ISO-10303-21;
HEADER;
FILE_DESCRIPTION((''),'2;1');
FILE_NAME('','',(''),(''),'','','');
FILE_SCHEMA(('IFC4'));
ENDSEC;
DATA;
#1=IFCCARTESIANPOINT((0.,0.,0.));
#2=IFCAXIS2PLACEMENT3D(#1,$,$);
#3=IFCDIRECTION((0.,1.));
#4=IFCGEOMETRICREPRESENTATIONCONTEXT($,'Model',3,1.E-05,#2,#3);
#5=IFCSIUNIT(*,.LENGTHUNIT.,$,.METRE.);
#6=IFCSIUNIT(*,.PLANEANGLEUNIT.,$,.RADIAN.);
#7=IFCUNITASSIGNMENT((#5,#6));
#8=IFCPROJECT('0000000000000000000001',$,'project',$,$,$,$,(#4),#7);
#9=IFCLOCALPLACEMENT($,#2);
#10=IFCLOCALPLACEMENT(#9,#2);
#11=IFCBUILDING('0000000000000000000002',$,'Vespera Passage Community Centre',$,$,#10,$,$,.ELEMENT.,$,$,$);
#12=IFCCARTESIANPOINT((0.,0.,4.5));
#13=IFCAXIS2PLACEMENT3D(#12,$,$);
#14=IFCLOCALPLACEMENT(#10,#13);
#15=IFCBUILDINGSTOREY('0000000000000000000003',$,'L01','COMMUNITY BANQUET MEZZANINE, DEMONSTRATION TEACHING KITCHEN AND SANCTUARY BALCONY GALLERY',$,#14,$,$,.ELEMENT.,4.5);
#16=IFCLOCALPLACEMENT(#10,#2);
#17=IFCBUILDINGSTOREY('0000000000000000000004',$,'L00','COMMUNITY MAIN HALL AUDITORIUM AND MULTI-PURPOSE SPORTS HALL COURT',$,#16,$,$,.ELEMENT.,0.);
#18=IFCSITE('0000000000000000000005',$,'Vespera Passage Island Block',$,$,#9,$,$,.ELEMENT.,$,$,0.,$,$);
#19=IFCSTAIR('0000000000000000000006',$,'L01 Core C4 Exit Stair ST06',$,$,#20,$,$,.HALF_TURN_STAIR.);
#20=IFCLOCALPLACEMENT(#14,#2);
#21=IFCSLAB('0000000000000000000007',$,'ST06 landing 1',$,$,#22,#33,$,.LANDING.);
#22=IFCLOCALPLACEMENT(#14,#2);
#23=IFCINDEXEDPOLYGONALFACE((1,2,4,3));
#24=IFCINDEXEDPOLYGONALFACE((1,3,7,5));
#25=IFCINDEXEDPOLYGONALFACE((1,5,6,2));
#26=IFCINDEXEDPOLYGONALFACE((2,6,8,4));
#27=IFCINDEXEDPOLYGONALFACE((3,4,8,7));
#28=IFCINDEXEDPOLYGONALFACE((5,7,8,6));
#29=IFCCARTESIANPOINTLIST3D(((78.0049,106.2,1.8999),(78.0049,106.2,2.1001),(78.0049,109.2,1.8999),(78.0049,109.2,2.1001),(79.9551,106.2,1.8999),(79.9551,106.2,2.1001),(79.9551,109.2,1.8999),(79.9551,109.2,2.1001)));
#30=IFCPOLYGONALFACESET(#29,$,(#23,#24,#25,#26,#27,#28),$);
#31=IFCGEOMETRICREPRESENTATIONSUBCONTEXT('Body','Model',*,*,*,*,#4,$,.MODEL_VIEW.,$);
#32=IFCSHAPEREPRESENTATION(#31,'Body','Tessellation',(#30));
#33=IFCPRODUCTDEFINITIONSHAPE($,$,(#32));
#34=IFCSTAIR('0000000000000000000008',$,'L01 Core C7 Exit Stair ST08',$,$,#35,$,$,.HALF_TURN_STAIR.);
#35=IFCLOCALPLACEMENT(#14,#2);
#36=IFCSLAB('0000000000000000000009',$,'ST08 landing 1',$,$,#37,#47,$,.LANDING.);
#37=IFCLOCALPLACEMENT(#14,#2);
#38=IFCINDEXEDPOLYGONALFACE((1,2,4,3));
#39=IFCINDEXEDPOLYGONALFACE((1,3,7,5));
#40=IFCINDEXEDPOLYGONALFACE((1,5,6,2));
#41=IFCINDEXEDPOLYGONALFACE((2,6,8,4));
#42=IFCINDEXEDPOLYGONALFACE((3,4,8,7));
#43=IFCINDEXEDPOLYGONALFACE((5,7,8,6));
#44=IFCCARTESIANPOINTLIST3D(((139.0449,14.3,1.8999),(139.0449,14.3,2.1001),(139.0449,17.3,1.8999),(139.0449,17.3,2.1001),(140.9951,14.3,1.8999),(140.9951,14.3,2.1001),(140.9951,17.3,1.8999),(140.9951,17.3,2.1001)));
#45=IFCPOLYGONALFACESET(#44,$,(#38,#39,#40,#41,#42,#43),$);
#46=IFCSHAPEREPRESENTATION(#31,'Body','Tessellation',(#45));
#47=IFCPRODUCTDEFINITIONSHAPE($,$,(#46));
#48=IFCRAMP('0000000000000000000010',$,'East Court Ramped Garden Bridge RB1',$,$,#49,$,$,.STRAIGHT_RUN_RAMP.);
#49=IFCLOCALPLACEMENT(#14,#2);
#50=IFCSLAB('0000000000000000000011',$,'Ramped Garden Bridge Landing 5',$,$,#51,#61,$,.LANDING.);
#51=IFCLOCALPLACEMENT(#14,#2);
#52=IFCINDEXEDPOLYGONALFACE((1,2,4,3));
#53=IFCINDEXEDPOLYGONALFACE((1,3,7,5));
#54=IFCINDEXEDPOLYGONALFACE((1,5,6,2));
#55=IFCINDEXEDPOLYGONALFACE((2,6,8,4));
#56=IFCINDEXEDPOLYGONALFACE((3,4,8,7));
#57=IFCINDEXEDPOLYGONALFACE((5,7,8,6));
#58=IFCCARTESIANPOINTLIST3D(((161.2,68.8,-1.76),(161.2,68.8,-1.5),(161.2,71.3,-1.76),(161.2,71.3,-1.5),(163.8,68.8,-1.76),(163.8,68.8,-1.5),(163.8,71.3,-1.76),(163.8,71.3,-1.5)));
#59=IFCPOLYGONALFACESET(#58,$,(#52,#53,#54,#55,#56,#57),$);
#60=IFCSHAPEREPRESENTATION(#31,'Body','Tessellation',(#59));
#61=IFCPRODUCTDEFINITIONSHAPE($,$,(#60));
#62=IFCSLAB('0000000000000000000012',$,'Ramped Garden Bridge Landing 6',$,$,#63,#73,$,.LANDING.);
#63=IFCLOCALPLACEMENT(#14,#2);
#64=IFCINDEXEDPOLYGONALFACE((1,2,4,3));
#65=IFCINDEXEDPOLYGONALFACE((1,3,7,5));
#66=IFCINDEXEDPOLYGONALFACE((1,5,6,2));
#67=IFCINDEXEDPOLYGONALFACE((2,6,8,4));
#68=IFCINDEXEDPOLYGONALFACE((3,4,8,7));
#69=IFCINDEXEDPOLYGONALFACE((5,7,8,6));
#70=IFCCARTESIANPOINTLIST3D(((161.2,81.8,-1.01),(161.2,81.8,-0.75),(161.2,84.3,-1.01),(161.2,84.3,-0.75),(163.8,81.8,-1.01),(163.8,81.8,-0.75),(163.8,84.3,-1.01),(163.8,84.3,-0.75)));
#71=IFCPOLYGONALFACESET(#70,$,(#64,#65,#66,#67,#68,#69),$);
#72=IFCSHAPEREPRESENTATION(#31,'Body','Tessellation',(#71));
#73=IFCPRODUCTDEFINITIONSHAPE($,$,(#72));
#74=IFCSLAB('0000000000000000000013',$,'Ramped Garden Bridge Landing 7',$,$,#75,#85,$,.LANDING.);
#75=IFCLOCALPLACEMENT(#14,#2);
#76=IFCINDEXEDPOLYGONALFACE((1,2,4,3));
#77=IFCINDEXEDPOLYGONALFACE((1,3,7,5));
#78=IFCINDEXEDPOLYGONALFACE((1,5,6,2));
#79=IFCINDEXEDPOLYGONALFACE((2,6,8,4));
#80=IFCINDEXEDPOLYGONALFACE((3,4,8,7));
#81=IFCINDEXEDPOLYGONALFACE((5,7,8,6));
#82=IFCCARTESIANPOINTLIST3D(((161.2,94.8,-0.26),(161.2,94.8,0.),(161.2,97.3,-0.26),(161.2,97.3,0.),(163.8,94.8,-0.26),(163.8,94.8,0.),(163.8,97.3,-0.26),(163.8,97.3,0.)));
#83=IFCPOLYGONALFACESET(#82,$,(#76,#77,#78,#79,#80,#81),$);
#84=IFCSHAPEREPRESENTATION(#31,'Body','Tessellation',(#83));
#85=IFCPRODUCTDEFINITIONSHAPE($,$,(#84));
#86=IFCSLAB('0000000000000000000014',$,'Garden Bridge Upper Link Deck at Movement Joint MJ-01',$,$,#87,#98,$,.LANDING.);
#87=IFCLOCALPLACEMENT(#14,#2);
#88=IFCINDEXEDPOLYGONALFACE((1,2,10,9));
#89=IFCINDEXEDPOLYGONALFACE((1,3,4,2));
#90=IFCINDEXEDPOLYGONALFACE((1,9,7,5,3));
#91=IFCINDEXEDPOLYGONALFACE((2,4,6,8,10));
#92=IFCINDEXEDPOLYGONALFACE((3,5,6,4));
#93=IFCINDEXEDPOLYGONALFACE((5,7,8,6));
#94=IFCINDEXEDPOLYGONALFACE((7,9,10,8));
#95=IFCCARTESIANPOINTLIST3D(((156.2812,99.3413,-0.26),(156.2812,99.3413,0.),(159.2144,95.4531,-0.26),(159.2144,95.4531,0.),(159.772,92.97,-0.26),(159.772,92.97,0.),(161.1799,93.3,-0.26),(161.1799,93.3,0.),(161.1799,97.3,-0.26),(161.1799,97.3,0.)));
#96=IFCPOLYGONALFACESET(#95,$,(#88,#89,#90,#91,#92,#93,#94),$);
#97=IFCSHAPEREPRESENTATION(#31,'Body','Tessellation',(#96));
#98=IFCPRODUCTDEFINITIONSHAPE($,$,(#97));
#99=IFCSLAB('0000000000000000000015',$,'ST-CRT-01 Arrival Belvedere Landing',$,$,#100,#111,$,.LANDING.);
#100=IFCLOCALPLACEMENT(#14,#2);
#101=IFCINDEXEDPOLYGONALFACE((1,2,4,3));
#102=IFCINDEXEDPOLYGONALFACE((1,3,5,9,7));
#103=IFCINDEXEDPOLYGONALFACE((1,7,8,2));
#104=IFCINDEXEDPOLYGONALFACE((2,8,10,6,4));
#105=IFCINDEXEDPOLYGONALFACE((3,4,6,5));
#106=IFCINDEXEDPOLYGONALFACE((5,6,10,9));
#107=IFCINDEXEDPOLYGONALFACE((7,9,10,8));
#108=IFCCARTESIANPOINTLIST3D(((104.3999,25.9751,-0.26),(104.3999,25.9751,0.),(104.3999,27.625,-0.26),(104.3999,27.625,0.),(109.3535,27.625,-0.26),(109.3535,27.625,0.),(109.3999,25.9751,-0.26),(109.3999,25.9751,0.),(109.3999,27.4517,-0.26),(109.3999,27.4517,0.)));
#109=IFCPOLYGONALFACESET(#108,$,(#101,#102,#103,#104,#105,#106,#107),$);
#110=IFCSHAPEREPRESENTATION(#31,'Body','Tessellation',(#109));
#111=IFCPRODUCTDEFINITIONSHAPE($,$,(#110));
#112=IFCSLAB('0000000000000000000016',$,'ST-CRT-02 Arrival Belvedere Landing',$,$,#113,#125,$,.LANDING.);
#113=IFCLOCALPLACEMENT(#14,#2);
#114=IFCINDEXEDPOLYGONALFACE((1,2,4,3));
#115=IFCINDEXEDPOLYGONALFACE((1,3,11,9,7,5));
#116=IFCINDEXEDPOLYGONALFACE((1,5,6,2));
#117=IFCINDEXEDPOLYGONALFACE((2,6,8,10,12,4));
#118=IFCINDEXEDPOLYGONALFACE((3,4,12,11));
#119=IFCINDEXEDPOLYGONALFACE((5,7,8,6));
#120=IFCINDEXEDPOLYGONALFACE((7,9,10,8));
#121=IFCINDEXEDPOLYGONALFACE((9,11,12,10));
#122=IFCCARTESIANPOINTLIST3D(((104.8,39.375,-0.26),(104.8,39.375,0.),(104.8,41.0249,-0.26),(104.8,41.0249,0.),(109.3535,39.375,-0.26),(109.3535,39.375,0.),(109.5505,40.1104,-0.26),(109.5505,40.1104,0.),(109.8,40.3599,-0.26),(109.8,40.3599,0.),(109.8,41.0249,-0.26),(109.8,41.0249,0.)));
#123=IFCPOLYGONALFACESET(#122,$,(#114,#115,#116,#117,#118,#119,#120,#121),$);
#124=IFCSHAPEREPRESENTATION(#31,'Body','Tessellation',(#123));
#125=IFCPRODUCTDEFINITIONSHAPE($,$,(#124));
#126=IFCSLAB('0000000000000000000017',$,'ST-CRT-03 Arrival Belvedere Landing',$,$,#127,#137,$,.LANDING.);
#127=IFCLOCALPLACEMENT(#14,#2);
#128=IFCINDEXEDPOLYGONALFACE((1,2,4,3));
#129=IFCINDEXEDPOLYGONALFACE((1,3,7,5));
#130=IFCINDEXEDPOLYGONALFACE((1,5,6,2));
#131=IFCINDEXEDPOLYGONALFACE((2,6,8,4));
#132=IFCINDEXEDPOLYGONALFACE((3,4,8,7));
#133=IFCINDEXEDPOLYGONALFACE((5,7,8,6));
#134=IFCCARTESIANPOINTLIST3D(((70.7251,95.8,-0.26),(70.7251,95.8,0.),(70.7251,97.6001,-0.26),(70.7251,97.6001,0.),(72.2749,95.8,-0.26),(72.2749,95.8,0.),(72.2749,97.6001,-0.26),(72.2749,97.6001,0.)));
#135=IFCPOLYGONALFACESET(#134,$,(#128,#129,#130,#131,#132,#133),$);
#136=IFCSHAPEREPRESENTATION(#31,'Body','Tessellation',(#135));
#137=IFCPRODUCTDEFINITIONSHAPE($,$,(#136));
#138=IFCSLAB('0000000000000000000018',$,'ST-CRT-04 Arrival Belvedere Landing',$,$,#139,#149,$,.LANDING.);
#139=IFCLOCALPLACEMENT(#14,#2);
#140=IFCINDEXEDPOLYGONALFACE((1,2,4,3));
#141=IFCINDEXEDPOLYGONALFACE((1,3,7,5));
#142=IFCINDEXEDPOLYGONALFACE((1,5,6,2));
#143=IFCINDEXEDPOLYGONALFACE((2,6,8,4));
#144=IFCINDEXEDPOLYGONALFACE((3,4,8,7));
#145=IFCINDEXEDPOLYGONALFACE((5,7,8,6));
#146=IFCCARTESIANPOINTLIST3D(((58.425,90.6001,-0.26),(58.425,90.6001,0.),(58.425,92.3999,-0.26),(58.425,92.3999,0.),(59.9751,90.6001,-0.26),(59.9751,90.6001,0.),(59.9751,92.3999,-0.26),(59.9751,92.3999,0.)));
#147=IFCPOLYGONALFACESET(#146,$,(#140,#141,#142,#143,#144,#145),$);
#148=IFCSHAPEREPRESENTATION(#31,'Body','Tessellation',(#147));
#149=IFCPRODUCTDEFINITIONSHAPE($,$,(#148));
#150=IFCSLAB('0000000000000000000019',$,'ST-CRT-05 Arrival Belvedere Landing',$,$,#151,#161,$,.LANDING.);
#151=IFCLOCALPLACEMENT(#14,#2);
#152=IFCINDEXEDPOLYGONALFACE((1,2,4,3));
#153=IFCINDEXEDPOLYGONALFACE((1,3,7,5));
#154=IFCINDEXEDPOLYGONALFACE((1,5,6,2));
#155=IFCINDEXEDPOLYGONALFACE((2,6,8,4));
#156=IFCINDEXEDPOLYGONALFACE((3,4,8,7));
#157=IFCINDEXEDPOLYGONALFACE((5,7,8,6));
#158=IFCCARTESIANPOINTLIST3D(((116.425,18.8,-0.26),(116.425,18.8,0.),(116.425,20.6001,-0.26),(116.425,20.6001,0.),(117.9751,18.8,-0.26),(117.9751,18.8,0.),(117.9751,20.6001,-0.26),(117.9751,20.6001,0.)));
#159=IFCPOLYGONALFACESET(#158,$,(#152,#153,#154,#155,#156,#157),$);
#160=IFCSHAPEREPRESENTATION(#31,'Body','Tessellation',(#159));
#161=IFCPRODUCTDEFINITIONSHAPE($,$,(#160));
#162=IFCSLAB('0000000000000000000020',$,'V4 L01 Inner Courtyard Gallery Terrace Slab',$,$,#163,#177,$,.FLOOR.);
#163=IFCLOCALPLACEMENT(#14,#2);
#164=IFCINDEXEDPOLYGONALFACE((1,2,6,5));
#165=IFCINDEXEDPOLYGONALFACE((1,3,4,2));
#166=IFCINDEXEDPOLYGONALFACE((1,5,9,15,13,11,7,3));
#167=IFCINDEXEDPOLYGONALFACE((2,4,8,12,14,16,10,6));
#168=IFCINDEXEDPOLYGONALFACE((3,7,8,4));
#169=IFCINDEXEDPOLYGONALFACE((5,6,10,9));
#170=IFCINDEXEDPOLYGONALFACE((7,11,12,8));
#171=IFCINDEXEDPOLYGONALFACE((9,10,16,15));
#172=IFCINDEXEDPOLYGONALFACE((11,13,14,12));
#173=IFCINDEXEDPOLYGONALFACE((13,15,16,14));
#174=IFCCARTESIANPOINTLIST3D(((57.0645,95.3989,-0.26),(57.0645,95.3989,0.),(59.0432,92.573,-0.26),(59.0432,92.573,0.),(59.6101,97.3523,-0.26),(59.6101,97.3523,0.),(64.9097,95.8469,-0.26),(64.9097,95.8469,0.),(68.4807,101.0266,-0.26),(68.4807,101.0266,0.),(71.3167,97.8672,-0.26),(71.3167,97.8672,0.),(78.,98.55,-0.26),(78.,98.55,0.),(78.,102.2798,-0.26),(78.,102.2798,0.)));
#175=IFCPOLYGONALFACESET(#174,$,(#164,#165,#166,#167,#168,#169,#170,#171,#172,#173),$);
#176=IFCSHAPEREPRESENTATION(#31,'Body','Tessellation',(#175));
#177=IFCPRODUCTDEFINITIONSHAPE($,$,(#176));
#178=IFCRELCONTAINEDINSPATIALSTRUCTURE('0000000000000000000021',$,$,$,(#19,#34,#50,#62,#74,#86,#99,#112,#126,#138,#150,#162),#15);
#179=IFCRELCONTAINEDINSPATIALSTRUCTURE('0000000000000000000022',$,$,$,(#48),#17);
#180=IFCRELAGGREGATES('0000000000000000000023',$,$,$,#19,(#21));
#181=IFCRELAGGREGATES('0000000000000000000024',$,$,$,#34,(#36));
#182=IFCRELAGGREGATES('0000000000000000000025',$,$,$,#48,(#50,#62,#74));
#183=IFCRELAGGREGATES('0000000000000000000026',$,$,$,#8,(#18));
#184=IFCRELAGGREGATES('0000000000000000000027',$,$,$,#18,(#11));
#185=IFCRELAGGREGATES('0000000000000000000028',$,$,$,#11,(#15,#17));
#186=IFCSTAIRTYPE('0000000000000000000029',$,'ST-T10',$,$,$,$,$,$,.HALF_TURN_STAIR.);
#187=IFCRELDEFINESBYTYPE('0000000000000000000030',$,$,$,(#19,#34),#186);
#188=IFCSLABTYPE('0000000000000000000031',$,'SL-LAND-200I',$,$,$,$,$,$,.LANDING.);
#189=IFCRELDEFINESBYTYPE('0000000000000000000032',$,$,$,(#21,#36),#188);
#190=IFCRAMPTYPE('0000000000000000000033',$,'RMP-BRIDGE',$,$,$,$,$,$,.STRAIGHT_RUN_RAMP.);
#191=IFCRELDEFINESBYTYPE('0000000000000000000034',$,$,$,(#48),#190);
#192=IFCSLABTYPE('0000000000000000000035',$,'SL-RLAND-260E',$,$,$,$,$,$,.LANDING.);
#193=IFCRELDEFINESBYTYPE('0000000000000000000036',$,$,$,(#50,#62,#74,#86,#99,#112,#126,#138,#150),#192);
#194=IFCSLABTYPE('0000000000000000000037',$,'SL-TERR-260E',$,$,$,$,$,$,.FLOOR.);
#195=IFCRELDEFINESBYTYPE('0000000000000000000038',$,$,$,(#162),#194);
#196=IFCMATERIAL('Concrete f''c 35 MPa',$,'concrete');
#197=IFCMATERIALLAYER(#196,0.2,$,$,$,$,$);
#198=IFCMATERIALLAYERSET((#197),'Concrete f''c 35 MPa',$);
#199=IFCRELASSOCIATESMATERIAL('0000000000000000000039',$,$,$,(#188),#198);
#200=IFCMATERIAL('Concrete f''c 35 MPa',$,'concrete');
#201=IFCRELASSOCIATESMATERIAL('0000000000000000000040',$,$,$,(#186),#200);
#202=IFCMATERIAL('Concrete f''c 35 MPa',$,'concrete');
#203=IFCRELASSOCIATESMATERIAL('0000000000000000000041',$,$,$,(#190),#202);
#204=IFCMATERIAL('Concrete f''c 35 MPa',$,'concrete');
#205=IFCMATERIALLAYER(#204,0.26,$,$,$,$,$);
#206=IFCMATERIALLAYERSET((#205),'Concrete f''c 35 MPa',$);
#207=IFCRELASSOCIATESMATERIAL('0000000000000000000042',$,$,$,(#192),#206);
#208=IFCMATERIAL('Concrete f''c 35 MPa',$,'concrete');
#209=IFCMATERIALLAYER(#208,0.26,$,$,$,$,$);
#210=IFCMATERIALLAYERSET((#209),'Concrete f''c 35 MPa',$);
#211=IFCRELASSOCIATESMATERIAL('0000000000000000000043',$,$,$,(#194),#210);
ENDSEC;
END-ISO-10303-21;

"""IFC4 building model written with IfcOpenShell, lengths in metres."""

from ifc_helpers import new_model, si_unit, direction, frame, origin, place, context, subcontext, project, spatial, polyline, outline, extrude, material, layer, layer_set, type_object, element, aggregate, save


model = new_model("IFC4")

# Units and contexts
model_context = context("Model", 3, precision=1e-05, world=origin(), true_north=direction((0.0, 1.0)))
body_context = subcontext(model_context, "Body", "Model", "MODEL_VIEW")
ifc_project = project(units=[si_unit("LENGTHUNIT", "METRE"), si_unit("PLANEANGLEUNIT", "RADIAN")], contexts=[model_context])

# Site, building, storey
site_placement = place(None, origin())
site = spatial("IfcSite", under=ifc_project, at=site_placement, Name="Vespera Passage Island Block", CompositionType="ELEMENT", RefElevation=0.0)
building_placement = place(site_placement, origin())
building = spatial("IfcBuilding", under=site, at=building_placement, Name="Vespera Passage Community Centre", CompositionType="ELEMENT")
storey_1_placement = place(building_placement, frame((0.0, 0.0, 4.5)))
storey_1 = spatial("IfcBuildingStorey", under=building, at=storey_1_placement, Name="L01", Description="COMMUNITY BANQUET MEZZANINE, DEMONSTRATION TEACHING KITCHEN AND SANCTUARY BALCONY GALLERY", CompositionType="ELEMENT", Elevation=4.5)

# Stairs, slabs
ifc_material_1 = material(Name="Concrete f'c 35 MPa", Category="concrete")
ifc_layer_1 = layer(ifc_material_1, 0.2)
ifc_layer_set_1 = layer_set([ifc_layer_1], Name="Concrete f'c 35 MPa")
slab_type_1 = type_object("IfcSlabType", Name="SL-LAND-200I", PredefinedType="LANDING", material=ifc_layer_set_1)
ifc_material_2 = material(Name="Concrete f'c 35 MPa", Category="concrete")
stair_type_1 = type_object("IfcStairType", Name="ST-T10", PredefinedType="HALF_TURN_STAIR", material=ifc_material_2)
stair_1_placement = place(storey_1_placement, origin())
stair_1 = element("IfcStair", 1, at=stair_1_placement, inside=storey_1, type_object=stair_type_1, Name="L01 Core C4 Exit Stair ST06", PredefinedType="HALF_TURN_STAIR")
slab_1_placement = place(storey_1_placement, frame((0.0, 0.0, 1.8999)))
slab_1 = element("IfcSlab", 2, at=slab_1_placement, type_object=slab_type_1, Name="ST06 landing 1", PredefinedType="LANDING", context=body_context, shape_type="SweptSolid", body=[
    extrude(outline(polyline([(78.0049, 106.2), (79.9551, 106.2), (79.9551, 109.2), (78.0049, 109.2), (78.0049, 106.2)])), origin(), (0.0, 0.0, 1.0), 0.2002),
])
aggregate(stair_1, [slab_1])
stair_2_placement = place(storey_1_placement, origin())
stair_2 = element("IfcStair", 3, at=stair_2_placement, inside=storey_1, type_object=stair_type_1, Name="L01 Core C7 Exit Stair ST08", PredefinedType="HALF_TURN_STAIR")
slab_2_placement = place(storey_1_placement, frame((0.0, 0.0, 1.8999)))
slab_2 = element("IfcSlab", 4, at=slab_2_placement, type_object=slab_type_1, Name="ST08 landing 1", PredefinedType="LANDING", context=body_context, shape_type="SweptSolid", body=[
    extrude(outline(polyline([(140.9951, 17.3), (139.0449, 17.3), (139.0449, 14.3), (140.9951, 14.3), (140.9951, 17.3)])), origin(), (0.0, 0.0, 1.0), 0.2002),
])
aggregate(stair_2, [slab_2])

# Shared definitions
storey_2_placement = place(building_placement, origin())
storey_2 = spatial("IfcBuildingStorey", under=building, at=storey_2_placement, Name="L00", Description="COMMUNITY MAIN HALL AUDITORIUM AND MULTI-PURPOSE SPORTS HALL COURT", CompositionType="ELEMENT", Elevation=0.0)

# Ramp, slabs
ifc_material_3 = material(Name="Concrete f'c 35 MPa", Category="concrete")
ramp_type = type_object("IfcRampType", Name="RMP-BRIDGE", PredefinedType="STRAIGHT_RUN_RAMP", material=ifc_material_3)
ramp_placement = place(storey_2_placement, origin())
ramp = element("IfcRamp", 5, at=ramp_placement, inside=storey_2, type_object=ramp_type, Name="East Court Ramped Garden Bridge RB1", PredefinedType="STRAIGHT_RUN_RAMP")
ifc_material_4 = material(Name="Concrete f'c 35 MPa", Category="concrete")
ifc_layer_2 = layer(ifc_material_4, 0.26)
ifc_layer_set_2 = layer_set([ifc_layer_2], Name="Concrete f'c 35 MPa")
slab_type_2 = type_object("IfcSlabType", Name="SL-RLAND-260E", PredefinedType="LANDING", material=ifc_layer_set_2)
slab_3_placement = place(storey_1_placement, frame((0.0, 0.0, -1.76)))
slab_3 = element("IfcSlab", 6, at=slab_3_placement, inside=storey_1, type_object=slab_type_2, Name="Ramped Garden Bridge Landing 5", PredefinedType="LANDING", context=body_context, shape_type="SweptSolid", body=[
    extrude(outline(polyline([(161.2, 68.8), (163.8, 68.8), (163.8, 71.3), (161.2, 71.3), (161.2, 68.8)])), origin(), (0.0, 0.0, 1.0), 0.26),
])
slab_4_placement = place(storey_1_placement, frame((0.0, 0.0, -1.01)))
slab_4 = element("IfcSlab", 7, at=slab_4_placement, inside=storey_1, type_object=slab_type_2, Name="Ramped Garden Bridge Landing 6", PredefinedType="LANDING", context=body_context, shape_type="SweptSolid", body=[
    extrude(outline(polyline([(161.2, 81.8), (163.8, 81.8), (163.8, 84.3), (161.2, 84.3), (161.2, 81.8)])), origin(), (0.0, 0.0, 1.0), 0.26),
])
slab_5_placement = place(storey_1_placement, frame((0.0, 0.0, -0.26)))
slab_5 = element("IfcSlab", 8, at=slab_5_placement, inside=storey_1, type_object=slab_type_2, Name="Ramped Garden Bridge Landing 7", PredefinedType="LANDING", context=body_context, shape_type="SweptSolid", body=[
    extrude(outline(polyline([(161.2, 94.8), (163.8, 94.8), (163.8, 97.3), (161.2, 97.3), (161.2, 94.8)])), origin(), (0.0, 0.0, 1.0), 0.26),
])
aggregate(ramp, [slab_3, slab_4, slab_5])

# Slabs
slab_6_placement = place(storey_1_placement, frame((0.0, 0.0, -0.26)))
element("IfcSlab", 9, at=slab_6_placement, inside=storey_1, type_object=slab_type_2, Name="Garden Bridge Upper Link Deck at Movement Joint MJ-01", PredefinedType="LANDING", context=body_context, shape_type="SweptSolid", body=[
    extrude(outline(polyline([(161.1799, 97.3), (161.1799, 93.3), (159.772, 92.97), (159.2144, 95.4531), (156.2812, 99.3413), (161.1799, 97.3)])), origin(), (0.0, 0.0, 1.0), 0.26),
])
slab_7_placement = place(storey_1_placement, frame((0.0, 0.0, -0.26)))
element("IfcSlab", 10, at=slab_7_placement, inside=storey_1, type_object=slab_type_2, Name="ST-CRT-01 Arrival Belvedere Landing", PredefinedType="LANDING", context=body_context, shape_type="SweptSolid", body=[
    extrude(outline(polyline([(109.3999, 25.9751), (104.3999, 25.9751), (104.3999, 27.625), (109.3535, 27.625), (109.3999, 27.4517), (109.3999, 25.9751)])), origin(), (0.0, 0.0, 1.0), 0.26),
])
slab_8_placement = place(storey_1_placement, frame((0.0, 0.0, -0.26)))
element("IfcSlab", 11, at=slab_8_placement, inside=storey_1, type_object=slab_type_2, Name="ST-CRT-02 Arrival Belvedere Landing", PredefinedType="LANDING", context=body_context, shape_type="SweptSolid", body=[
    extrude(outline(polyline([(104.8, 39.375), (104.8, 41.0249), (109.8, 41.0249), (109.8, 40.3599), (109.5505, 40.1104), (109.3535, 39.375), (104.8, 39.375)])), origin(), (0.0, 0.0, 1.0), 0.26),
])
slab_9_placement = place(storey_1_placement, frame((0.0, 0.0, -0.26)))
element("IfcSlab", 12, at=slab_9_placement, inside=storey_1, type_object=slab_type_2, Name="ST-CRT-03 Arrival Belvedere Landing", PredefinedType="LANDING", context=body_context, shape_type="SweptSolid", body=[
    extrude(outline(polyline([(72.2749, 95.8), (72.2749, 97.6001), (70.7251, 97.6001), (70.7251, 95.8), (72.2749, 95.8)])), origin(), (0.0, 0.0, 1.0), 0.26),
])
slab_10_placement = place(storey_1_placement, frame((0.0, 0.0, -0.26)))
element("IfcSlab", 13, at=slab_10_placement, inside=storey_1, type_object=slab_type_2, Name="ST-CRT-04 Arrival Belvedere Landing", PredefinedType="LANDING", context=body_context, shape_type="SweptSolid", body=[
    extrude(outline(polyline([(59.9751, 90.6001), (59.9751, 92.3999), (58.425, 92.3999), (58.425, 90.6001), (59.9751, 90.6001)])), origin(), (0.0, 0.0, 1.0), 0.26),
])
slab_11_placement = place(storey_1_placement, frame((0.0, 0.0, -0.26)))
element("IfcSlab", 14, at=slab_11_placement, inside=storey_1, type_object=slab_type_2, Name="ST-CRT-05 Arrival Belvedere Landing", PredefinedType="LANDING", context=body_context, shape_type="SweptSolid", body=[
    extrude(outline(polyline([(117.9751, 18.8), (117.9751, 20.6001), (116.425, 20.6001), (116.425, 18.8), (117.9751, 18.8)])), origin(), (0.0, 0.0, 1.0), 0.26),
])
ifc_material_5 = material(Name="Concrete f'c 35 MPa", Category="concrete")
ifc_layer_3 = layer(ifc_material_5, 0.26)
ifc_layer_set_3 = layer_set([ifc_layer_3], Name="Concrete f'c 35 MPa")
slab_type_3 = type_object("IfcSlabType", Name="SL-TERR-260E", PredefinedType="FLOOR", material=ifc_layer_set_3)
slab_12_placement = place(storey_1_placement, frame((0.0, 0.0, -0.26)))
element("IfcSlab", 15, at=slab_12_placement, inside=storey_1, type_object=slab_type_3, Name="V4 L01 Inner Courtyard Gallery Terrace Slab", PredefinedType="FLOOR", context=body_context, shape_type="SweptSolid", body=[
    extrude(outline(polyline([(78.0, 98.55), (71.3167, 97.8672), (64.9097, 95.8469), (59.0432, 92.573), (57.0645, 95.3989), (59.6101, 97.3523), (68.4807, 101.0266), (78.0, 102.2798), (78.0, 98.55)])), origin(), (0.0, 0.0, 1.0), 0.26),
])

save(model, "model.ifc")
